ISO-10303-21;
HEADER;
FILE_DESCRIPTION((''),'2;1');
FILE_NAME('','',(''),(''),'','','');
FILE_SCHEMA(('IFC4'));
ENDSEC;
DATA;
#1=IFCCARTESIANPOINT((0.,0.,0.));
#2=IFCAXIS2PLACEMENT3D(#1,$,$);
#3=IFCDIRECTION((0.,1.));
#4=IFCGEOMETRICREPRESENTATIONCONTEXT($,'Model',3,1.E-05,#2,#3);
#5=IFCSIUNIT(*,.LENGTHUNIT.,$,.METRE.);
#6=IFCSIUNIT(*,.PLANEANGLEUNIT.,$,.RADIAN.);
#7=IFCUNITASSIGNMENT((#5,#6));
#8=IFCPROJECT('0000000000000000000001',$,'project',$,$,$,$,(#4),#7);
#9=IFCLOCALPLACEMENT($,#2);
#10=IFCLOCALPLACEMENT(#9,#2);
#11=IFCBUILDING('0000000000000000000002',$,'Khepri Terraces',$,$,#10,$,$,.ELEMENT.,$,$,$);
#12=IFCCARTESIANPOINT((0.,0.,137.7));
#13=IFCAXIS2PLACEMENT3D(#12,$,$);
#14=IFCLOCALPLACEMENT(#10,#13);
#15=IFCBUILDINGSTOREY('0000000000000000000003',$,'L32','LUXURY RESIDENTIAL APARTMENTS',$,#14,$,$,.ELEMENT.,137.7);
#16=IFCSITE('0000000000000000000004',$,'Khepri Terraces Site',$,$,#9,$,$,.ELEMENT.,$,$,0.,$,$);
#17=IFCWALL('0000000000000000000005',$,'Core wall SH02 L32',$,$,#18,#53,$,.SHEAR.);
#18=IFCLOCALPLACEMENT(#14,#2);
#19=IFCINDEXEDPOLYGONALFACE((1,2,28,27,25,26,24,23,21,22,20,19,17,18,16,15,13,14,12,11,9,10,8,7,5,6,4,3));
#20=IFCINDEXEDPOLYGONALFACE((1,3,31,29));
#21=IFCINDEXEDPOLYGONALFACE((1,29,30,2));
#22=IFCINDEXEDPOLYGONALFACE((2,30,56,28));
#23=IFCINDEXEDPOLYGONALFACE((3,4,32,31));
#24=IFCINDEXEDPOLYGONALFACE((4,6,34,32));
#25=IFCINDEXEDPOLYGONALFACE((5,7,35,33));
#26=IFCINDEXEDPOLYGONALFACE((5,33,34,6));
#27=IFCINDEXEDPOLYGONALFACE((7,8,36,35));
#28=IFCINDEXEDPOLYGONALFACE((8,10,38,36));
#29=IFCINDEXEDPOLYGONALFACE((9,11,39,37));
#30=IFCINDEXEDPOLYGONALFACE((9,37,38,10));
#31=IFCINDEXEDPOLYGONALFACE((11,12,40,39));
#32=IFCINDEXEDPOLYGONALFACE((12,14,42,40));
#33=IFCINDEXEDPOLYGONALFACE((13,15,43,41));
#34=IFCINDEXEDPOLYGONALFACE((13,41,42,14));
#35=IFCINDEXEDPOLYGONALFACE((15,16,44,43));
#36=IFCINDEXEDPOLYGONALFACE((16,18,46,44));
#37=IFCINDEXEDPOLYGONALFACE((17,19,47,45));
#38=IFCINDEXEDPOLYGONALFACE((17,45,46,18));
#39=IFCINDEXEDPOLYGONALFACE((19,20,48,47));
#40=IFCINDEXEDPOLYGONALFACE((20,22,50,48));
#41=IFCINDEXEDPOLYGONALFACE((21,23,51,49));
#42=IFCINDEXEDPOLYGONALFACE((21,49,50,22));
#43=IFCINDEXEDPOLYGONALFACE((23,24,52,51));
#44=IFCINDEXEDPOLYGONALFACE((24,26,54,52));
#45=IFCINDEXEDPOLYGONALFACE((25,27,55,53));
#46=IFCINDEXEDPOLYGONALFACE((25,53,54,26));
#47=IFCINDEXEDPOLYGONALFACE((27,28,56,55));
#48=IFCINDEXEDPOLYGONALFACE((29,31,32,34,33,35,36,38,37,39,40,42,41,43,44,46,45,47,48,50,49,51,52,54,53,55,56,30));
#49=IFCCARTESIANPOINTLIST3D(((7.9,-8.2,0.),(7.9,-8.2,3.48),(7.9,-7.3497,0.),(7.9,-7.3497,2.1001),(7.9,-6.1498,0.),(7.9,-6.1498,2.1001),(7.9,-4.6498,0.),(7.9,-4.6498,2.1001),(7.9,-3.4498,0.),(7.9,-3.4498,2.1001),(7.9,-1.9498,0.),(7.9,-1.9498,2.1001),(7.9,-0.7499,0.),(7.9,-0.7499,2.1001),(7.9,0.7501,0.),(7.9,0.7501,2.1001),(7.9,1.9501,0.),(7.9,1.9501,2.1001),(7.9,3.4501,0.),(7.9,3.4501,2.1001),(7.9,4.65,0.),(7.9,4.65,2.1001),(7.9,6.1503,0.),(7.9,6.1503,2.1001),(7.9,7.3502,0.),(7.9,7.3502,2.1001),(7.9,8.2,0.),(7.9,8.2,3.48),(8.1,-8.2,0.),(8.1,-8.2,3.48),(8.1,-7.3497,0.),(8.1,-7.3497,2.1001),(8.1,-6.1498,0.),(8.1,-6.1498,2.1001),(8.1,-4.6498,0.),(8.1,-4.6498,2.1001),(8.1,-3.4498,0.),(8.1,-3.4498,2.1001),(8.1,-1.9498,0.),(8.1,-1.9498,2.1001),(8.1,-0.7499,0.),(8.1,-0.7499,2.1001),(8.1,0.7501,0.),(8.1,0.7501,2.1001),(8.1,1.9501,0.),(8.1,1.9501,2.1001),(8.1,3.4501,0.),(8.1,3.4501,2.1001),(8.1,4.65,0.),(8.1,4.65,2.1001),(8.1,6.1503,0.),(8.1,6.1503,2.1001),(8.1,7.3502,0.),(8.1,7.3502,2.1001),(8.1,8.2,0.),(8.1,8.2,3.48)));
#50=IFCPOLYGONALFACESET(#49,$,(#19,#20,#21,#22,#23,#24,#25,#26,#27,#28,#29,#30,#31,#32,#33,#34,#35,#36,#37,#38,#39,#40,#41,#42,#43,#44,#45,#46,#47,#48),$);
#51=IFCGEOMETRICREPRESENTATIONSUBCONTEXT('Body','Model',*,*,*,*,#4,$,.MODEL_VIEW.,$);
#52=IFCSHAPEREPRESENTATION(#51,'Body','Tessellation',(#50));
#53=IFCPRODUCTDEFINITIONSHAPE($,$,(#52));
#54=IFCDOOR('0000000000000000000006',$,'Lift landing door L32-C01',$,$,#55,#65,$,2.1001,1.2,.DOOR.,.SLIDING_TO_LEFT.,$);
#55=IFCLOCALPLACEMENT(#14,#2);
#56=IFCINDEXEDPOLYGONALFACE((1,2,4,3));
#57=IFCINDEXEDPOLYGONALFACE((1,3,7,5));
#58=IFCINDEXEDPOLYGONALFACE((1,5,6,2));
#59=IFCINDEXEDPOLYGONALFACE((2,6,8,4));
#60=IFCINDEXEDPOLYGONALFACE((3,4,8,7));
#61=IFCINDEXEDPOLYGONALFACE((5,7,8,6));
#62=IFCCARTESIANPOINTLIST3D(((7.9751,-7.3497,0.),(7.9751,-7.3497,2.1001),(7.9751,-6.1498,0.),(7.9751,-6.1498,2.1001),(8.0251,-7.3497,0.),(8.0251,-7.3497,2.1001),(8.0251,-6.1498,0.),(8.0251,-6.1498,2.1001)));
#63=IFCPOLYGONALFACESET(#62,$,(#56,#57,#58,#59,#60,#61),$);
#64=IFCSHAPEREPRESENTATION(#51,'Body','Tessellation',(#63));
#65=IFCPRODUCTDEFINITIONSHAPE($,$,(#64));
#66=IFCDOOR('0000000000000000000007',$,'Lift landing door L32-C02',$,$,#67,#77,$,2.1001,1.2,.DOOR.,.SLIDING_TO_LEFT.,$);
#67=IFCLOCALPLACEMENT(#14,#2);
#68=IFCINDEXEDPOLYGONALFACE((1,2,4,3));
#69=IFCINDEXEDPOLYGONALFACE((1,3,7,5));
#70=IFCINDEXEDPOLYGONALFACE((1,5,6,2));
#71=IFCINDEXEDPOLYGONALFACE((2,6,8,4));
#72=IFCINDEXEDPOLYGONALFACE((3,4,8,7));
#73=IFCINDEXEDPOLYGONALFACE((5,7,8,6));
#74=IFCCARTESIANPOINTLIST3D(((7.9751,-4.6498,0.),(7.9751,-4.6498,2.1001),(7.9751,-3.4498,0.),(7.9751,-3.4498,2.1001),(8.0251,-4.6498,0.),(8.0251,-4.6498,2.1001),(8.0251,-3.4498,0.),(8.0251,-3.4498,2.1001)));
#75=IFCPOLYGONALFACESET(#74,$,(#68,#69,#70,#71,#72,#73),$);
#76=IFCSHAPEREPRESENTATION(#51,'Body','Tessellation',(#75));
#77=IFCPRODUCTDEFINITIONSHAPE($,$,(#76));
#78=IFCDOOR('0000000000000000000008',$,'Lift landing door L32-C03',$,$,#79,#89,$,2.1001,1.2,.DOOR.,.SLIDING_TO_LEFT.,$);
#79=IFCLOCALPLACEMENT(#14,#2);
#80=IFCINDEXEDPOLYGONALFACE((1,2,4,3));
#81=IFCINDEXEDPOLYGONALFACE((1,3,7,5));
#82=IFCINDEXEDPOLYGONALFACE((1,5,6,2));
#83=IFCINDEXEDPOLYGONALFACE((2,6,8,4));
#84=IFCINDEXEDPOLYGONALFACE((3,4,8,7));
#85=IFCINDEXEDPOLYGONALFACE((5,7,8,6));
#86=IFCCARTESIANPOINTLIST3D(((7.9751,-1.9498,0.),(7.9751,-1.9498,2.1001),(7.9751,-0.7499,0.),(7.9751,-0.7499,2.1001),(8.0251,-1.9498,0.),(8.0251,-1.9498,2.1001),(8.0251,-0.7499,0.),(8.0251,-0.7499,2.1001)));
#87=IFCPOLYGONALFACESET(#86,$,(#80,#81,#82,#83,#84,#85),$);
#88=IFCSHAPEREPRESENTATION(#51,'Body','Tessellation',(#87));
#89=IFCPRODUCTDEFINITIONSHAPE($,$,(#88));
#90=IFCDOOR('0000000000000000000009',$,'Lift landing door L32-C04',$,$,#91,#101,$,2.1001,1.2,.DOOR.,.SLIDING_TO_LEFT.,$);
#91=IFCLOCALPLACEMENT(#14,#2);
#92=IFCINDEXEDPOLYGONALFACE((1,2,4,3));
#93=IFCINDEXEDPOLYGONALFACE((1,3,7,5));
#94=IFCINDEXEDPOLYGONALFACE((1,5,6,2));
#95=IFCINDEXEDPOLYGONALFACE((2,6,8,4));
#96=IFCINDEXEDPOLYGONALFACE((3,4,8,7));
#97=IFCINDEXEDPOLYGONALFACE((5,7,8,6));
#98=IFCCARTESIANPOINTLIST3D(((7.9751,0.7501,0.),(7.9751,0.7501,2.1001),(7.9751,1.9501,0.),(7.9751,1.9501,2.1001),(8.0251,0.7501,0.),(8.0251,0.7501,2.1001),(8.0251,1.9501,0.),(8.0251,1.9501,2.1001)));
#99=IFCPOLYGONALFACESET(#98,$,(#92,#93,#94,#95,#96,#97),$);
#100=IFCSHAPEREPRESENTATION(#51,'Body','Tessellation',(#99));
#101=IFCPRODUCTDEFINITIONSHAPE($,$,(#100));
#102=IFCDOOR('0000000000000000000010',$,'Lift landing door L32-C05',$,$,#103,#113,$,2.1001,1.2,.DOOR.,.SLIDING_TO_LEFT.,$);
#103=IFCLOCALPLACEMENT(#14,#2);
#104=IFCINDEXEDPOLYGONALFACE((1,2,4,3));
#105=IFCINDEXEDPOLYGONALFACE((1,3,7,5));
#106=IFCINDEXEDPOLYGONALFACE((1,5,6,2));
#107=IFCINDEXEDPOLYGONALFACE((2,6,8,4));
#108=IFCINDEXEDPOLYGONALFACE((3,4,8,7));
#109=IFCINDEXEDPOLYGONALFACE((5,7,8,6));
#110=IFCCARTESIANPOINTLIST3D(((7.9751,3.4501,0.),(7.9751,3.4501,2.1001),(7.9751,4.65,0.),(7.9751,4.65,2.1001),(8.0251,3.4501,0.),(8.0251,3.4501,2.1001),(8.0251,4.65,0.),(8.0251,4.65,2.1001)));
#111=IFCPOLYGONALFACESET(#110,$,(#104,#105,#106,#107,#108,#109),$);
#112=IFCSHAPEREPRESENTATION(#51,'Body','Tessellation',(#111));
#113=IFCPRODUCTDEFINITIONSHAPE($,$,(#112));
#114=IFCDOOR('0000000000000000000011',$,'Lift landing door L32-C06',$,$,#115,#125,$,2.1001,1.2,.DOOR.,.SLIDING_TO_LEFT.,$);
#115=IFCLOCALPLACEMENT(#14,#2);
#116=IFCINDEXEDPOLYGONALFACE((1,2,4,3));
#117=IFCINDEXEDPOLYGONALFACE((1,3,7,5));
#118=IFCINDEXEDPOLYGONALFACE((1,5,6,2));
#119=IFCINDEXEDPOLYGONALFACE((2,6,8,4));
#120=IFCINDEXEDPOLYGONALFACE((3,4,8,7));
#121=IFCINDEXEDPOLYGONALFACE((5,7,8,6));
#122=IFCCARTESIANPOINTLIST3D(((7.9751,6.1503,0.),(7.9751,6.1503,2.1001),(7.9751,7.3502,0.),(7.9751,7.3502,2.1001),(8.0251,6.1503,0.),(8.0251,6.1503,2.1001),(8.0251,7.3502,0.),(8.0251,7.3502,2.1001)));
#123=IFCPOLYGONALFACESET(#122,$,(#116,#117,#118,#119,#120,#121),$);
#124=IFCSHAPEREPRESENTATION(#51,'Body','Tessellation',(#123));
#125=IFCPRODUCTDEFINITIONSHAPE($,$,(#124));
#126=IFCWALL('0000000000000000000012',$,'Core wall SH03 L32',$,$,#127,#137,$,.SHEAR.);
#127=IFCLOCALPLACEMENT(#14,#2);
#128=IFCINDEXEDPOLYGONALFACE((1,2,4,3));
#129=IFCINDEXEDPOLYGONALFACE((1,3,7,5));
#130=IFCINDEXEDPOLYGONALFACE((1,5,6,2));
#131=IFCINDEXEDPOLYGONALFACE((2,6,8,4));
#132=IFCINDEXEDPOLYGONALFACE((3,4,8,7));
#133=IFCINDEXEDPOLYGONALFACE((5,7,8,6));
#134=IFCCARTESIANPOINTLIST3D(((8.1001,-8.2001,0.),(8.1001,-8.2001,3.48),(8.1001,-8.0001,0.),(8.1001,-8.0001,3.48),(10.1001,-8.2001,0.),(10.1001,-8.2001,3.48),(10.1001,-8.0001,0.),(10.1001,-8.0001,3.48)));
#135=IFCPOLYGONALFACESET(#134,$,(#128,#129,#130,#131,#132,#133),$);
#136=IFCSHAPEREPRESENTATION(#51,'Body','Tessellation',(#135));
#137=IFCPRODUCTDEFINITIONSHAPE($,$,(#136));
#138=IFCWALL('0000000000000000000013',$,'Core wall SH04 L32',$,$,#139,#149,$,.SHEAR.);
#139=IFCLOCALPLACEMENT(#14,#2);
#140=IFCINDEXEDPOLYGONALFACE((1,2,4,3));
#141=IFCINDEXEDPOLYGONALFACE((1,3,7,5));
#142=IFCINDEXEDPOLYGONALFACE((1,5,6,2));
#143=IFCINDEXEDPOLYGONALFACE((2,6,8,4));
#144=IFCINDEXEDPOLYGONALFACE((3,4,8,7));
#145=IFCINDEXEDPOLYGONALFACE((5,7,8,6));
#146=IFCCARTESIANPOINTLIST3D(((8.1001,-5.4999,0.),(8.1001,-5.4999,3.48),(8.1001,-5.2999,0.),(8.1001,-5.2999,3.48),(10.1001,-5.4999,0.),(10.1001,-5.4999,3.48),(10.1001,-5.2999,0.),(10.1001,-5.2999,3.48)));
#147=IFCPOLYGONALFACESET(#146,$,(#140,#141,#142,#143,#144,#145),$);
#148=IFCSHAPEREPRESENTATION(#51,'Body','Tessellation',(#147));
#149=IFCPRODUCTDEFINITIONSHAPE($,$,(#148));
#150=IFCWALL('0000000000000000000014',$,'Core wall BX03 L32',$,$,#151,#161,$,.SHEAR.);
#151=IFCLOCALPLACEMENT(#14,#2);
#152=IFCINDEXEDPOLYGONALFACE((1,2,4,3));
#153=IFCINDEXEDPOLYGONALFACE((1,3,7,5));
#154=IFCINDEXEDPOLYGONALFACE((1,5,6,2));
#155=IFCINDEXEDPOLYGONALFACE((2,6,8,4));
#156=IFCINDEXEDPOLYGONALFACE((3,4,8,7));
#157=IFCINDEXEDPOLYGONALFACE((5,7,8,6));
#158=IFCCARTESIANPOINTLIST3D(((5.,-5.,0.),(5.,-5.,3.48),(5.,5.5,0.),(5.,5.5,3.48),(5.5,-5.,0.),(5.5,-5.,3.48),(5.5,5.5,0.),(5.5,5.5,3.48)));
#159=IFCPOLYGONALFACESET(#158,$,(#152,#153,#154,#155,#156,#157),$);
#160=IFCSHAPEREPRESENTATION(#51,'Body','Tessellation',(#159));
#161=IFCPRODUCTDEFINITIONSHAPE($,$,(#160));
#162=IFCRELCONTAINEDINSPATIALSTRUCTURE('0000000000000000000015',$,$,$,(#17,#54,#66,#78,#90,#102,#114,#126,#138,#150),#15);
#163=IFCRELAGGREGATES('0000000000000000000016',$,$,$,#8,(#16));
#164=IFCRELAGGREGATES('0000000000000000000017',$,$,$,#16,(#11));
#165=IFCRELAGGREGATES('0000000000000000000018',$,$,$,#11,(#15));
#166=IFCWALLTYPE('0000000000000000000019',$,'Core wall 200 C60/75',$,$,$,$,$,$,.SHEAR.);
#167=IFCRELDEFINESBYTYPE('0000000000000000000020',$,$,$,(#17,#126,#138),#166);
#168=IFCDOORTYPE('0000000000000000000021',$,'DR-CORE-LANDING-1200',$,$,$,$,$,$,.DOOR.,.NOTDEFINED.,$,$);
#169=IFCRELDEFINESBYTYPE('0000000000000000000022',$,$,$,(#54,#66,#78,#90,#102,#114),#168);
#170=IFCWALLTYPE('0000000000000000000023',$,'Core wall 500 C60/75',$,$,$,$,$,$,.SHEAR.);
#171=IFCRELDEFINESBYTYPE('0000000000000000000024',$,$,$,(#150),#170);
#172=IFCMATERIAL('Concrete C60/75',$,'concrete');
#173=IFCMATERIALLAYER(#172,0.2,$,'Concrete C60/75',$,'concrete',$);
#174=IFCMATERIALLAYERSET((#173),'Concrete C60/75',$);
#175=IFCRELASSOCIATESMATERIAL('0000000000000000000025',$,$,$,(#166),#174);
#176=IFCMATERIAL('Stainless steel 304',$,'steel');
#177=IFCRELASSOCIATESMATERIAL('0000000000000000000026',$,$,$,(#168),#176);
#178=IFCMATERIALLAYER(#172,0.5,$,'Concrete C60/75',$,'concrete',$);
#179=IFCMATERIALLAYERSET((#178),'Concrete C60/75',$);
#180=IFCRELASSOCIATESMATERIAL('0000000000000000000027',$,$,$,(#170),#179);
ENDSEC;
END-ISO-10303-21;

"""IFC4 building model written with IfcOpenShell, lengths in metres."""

from ifc_helpers import new_model, si_unit, direction, frame, frame_2d, origin, place, context, subcontext, project, spatial, rectangle, extrude, material, layer, layer_set, type_object, element, fill, save


model = new_model("IFC4")

# Units and contexts
model_context = context("Model", 3, precision=1e-05, world=origin(), true_north=direction((0.0, 1.0)))
body_context = subcontext(model_context, "Body", "Model", "MODEL_VIEW")
ifc_project = project(units=[si_unit("LENGTHUNIT", "METRE"), si_unit("PLANEANGLEUNIT", "RADIAN")], contexts=[model_context])

# Site, building, storey
site_placement = place(None, origin())
site = spatial("IfcSite", under=ifc_project, at=site_placement, Name="Khepri Terraces Site", CompositionType="ELEMENT", RefElevation=0.0)
building_placement = place(site_placement, origin())
building = spatial("IfcBuilding", under=site, at=building_placement, Name="Khepri Terraces", CompositionType="ELEMENT")
storey_placement = place(building_placement, frame((0.0, 0.0, 137.7)))
storey = spatial("IfcBuildingStorey", under=building, at=storey_placement, Name="L32", Description="LUXURY RESIDENTIAL APARTMENTS", CompositionType="ELEMENT", Elevation=137.7)

# Shared definitions
ifc_material_1 = material(Name="Concrete C60/75", Category="concrete")

# Shared definitions
ifc_layer_1 = layer(ifc_material_1, 0.2, Name="Concrete C60/75", Category="concrete")
ifc_layer_set_1 = layer_set([ifc_layer_1], Name="Concrete C60/75")
wall_type_1 = type_object("IfcWallType", Name="Core wall 200 C60/75", PredefinedType="SHEAR", material=ifc_layer_set_1)

# Wall, openings, doors
wall_1_placement = place(storey_placement, frame((8.0, -8.2, 0.0), z_axis=(0.0, 0.0, 1.0), x_axis=(0.0, 1.0, 0.0)))
wall_1 = element("IfcWall", 1, at=wall_1_placement, inside=storey, type_object=wall_type_1, Name="Core wall SH02 L32", PredefinedType="SHEAR", context=body_context, shape_type="SweptSolid", body=[
    extrude(rectangle(XDim=16.3999, YDim=0.2, at=frame_2d((8.2, 0.0))), origin(), (0.0, 0.0, 1.0), 3.48),
])
opening_1_placement = place(wall_1_placement, frame((0.8501, 0.0, 0.0)))
opening_1 = element("IfcOpeningElement", 2, at=opening_1_placement, cuts=wall_1, PredefinedType="OPENING", context=body_context, shape_type="SweptSolid", body=[
    extrude(rectangle(XDim=1.2, YDim=2.1001, at=frame_2d((0.6001, 1.05))), frame((0.0, 0.1099, 0.0), z_axis=(0.0, -1.0, 0.0), x_axis=(1.0, 0.0, 0.0)), (0.0, 0.0, 1.0), 0.22),
])
opening_2_placement = place(wall_1_placement, frame((3.55, 0.0, 0.0)))
opening_2 = element("IfcOpeningElement", 3, at=opening_2_placement, cuts=wall_1, PredefinedType="OPENING", context=body_context, shape_type="SweptSolid", body=[
    extrude(rectangle(XDim=1.2, YDim=2.1001, at=frame_2d((0.6001, 1.05))), frame((0.0, 0.1099, 0.0), z_axis=(0.0, -1.0, 0.0), x_axis=(1.0, 0.0, 0.0)), (0.0, 0.0, 1.0), 0.22),
])
opening_3_placement = place(wall_1_placement, frame((6.25, 0.0, 0.0)))
opening_3 = element("IfcOpeningElement", 4, at=opening_3_placement, cuts=wall_1, PredefinedType="OPENING", context=body_context, shape_type="SweptSolid", body=[
    extrude(rectangle(XDim=1.2, YDim=2.1001, at=frame_2d((0.6001, 1.05))), frame((0.0, 0.1099, 0.0), z_axis=(0.0, -1.0, 0.0), x_axis=(1.0, 0.0, 0.0)), (0.0, 0.0, 1.0), 0.22),
])
opening_4_placement = place(wall_1_placement, frame((8.95, 0.0, 0.0)))
opening_4 = element("IfcOpeningElement", 5, at=opening_4_placement, cuts=wall_1, PredefinedType="OPENING", context=body_context, shape_type="SweptSolid", body=[
    extrude(rectangle(XDim=1.2, YDim=2.1001, at=frame_2d((0.6001, 1.05))), frame((0.0, 0.1099, 0.0), z_axis=(0.0, -1.0, 0.0), x_axis=(1.0, 0.0, 0.0)), (0.0, 0.0, 1.0), 0.22),
])
opening_5_placement = place(wall_1_placement, frame((11.6499, 0.0, 0.0)))
opening_5 = element("IfcOpeningElement", 6, at=opening_5_placement, cuts=wall_1, PredefinedType="OPENING", context=body_context, shape_type="SweptSolid", body=[
    extrude(rectangle(XDim=1.2, YDim=2.1001, at=frame_2d((0.6001, 1.05))), frame((0.0, 0.1099, 0.0), z_axis=(0.0, -1.0, 0.0), x_axis=(1.0, 0.0, 0.0)), (0.0, 0.0, 1.0), 0.22),
])
opening_6_placement = place(wall_1_placement, frame((14.3501, 0.0, 0.0)))
opening_6 = element("IfcOpeningElement", 7, at=opening_6_placement, cuts=wall_1, PredefinedType="OPENING", context=body_context, shape_type="SweptSolid", body=[
    extrude(rectangle(XDim=1.2, YDim=2.1001, at=frame_2d((0.6001, 1.05))), frame((0.0, 0.1099, 0.0), z_axis=(0.0, -1.0, 0.0), x_axis=(1.0, 0.0, 0.0)), (0.0, 0.0, 1.0), 0.22),
])
ifc_material_2 = material(Name="Stainless steel 304", Category="steel")
door_type_1 = type_object("IfcDoorType", Name="DR-CORE-LANDING-1200", OperationType="NOTDEFINED", PredefinedType="DOOR", material=ifc_material_2)
door_1_placement = place(opening_1_placement, origin())
door_1 = element("IfcDoor", 8, at=door_1_placement, inside=storey, type_object=door_type_1, Name="Lift landing door L32-C01", OperationType="SLIDING_TO_LEFT", OverallHeight=2.1001, OverallWidth=1.2, PredefinedType="DOOR", context=body_context, shape_type="SweptSolid", body=[
    extrude(rectangle(XDim=1.2, YDim=2.1001, at=frame_2d((0.6001, 1.05))), frame((0.0, 0.0249, 0.0), z_axis=(0.0, -1.0, 0.0), x_axis=(1.0, 0.0, 0.0)), (0.0, 0.0, 1.0), 0.05),
])
fill(opening_1, door_1)
door_2_placement = place(opening_2_placement, origin())
door_2 = element("IfcDoor", 9, at=door_2_placement, inside=storey, type_object=door_type_1, Name="Lift landing door L32-C02", OperationType="SLIDING_TO_LEFT", OverallHeight=2.1001, OverallWidth=1.2, PredefinedType="DOOR", context=body_context, shape_type="SweptSolid", body=[
    extrude(rectangle(XDim=1.2, YDim=2.1001, at=frame_2d((0.6001, 1.05))), frame((0.0, 0.0249, 0.0), z_axis=(0.0, -1.0, 0.0), x_axis=(1.0, 0.0, 0.0)), (0.0, 0.0, 1.0), 0.05),
])
fill(opening_2, door_2)
door_3_placement = place(opening_3_placement, origin())
door_3 = element("IfcDoor", 10, at=door_3_placement, inside=storey, type_object=door_type_1, Name="Lift landing door L32-C03", OperationType="SLIDING_TO_LEFT", OverallHeight=2.1001, OverallWidth=1.2, PredefinedType="DOOR", context=body_context, shape_type="SweptSolid", body=[
    extrude(rectangle(XDim=1.2, YDim=2.1001, at=frame_2d((0.6001, 1.05))), frame((0.0, 0.0249, 0.0), z_axis=(0.0, -1.0, 0.0), x_axis=(1.0, 0.0, 0.0)), (0.0, 0.0, 1.0), 0.05),
])
fill(opening_3, door_3)
door_4_placement = place(opening_4_placement, origin())
door_4 = element("IfcDoor", 11, at=door_4_placement, inside=storey, type_object=door_type_1, Name="Lift landing door L32-C04", OperationType="SLIDING_TO_LEFT", OverallHeight=2.1001, OverallWidth=1.2, PredefinedType="DOOR", context=body_context, shape_type="SweptSolid", body=[
    extrude(rectangle(XDim=1.2, YDim=2.1001, at=frame_2d((0.6001, 1.05))), frame((0.0, 0.0249, 0.0), z_axis=(0.0, -1.0, 0.0), x_axis=(1.0, 0.0, 0.0)), (0.0, 0.0, 1.0), 0.05),
])
fill(opening_4, door_4)
door_5_placement = place(opening_5_placement, origin())
door_5 = element("IfcDoor", 12, at=door_5_placement, inside=storey, type_object=door_type_1, Name="Lift landing door L32-C05", OperationType="SLIDING_TO_LEFT", OverallHeight=2.1001, OverallWidth=1.2, PredefinedType="DOOR", context=body_context, shape_type="SweptSolid", body=[
    extrude(rectangle(XDim=1.2, YDim=2.1001, at=frame_2d((0.6001, 1.05))), frame((0.0, 0.0249, 0.0), z_axis=(0.0, -1.0, 0.0), x_axis=(1.0, 0.0, 0.0)), (0.0, 0.0, 1.0), 0.05),
])
fill(opening_5, door_5)
door_6_placement = place(opening_6_placement, origin())
door_6 = element("IfcDoor", 13, at=door_6_placement, inside=storey, type_object=door_type_1, Name="Lift landing door L32-C06", OperationType="SLIDING_TO_LEFT", OverallHeight=2.1001, OverallWidth=1.2, PredefinedType="DOOR", context=body_context, shape_type="SweptSolid", body=[
    extrude(rectangle(XDim=1.2, YDim=2.1001, at=frame_2d((0.6001, 1.05))), frame((0.0, 0.0249, 0.0), z_axis=(0.0, -1.0, 0.0), x_axis=(1.0, 0.0, 0.0)), (0.0, 0.0, 1.0), 0.05),
])
fill(opening_6, door_6)

# Walls
for number, where, z_axis, x_axis, name in (
    (14, (8.1001, -8.1001, 0.0), (0.0, 0.0, 1.0), (1.0, 0.0, 0.0), "Core wall SH03 L32"),
    (15, (8.1001, -5.3999, 0.0), (0.0, 0.0, 1.0), (1.0, 0.0, 0.0), "Core wall SH04 L32"),
):
    element("IfcWall", number, at=place(storey_placement, frame(where, z_axis=z_axis, x_axis=x_axis)), inside=storey, type_object=wall_type_1, Name=name, PredefinedType="SHEAR", context=body_context, shape_type="SweptSolid", body=[
        extrude(rectangle(XDim=2.0, YDim=0.2, at=frame_2d((1.0, 0.0))), origin(), (0.0, 0.0, 1.0), 3.48),
    ])
ifc_layer_2 = layer(ifc_material_1, 0.5, Name="Concrete C60/75", Category="concrete")
ifc_layer_set_2 = layer_set([ifc_layer_2], Name="Concrete C60/75")
wall_type_2 = type_object("IfcWallType", Name="Core wall 500 C60/75", PredefinedType="SHEAR", material=ifc_layer_set_2)
wall_2_placement = place(storey_placement, frame((5.25, -5.0, 0.0), z_axis=(0.0, 0.0, 1.0), x_axis=(0.0, 1.0, 0.0)))
element("IfcWall", 16, at=wall_2_placement, inside=storey, type_object=wall_type_2, Name="Core wall BX03 L32", PredefinedType="SHEAR", context=body_context, shape_type="SweptSolid", body=[
    extrude(rectangle(XDim=10.5, YDim=0.5, at=frame_2d((5.25, 0.0))), origin(), (0.0, 0.0, 1.0), 3.48),
])

save(model, "model.ifc")
